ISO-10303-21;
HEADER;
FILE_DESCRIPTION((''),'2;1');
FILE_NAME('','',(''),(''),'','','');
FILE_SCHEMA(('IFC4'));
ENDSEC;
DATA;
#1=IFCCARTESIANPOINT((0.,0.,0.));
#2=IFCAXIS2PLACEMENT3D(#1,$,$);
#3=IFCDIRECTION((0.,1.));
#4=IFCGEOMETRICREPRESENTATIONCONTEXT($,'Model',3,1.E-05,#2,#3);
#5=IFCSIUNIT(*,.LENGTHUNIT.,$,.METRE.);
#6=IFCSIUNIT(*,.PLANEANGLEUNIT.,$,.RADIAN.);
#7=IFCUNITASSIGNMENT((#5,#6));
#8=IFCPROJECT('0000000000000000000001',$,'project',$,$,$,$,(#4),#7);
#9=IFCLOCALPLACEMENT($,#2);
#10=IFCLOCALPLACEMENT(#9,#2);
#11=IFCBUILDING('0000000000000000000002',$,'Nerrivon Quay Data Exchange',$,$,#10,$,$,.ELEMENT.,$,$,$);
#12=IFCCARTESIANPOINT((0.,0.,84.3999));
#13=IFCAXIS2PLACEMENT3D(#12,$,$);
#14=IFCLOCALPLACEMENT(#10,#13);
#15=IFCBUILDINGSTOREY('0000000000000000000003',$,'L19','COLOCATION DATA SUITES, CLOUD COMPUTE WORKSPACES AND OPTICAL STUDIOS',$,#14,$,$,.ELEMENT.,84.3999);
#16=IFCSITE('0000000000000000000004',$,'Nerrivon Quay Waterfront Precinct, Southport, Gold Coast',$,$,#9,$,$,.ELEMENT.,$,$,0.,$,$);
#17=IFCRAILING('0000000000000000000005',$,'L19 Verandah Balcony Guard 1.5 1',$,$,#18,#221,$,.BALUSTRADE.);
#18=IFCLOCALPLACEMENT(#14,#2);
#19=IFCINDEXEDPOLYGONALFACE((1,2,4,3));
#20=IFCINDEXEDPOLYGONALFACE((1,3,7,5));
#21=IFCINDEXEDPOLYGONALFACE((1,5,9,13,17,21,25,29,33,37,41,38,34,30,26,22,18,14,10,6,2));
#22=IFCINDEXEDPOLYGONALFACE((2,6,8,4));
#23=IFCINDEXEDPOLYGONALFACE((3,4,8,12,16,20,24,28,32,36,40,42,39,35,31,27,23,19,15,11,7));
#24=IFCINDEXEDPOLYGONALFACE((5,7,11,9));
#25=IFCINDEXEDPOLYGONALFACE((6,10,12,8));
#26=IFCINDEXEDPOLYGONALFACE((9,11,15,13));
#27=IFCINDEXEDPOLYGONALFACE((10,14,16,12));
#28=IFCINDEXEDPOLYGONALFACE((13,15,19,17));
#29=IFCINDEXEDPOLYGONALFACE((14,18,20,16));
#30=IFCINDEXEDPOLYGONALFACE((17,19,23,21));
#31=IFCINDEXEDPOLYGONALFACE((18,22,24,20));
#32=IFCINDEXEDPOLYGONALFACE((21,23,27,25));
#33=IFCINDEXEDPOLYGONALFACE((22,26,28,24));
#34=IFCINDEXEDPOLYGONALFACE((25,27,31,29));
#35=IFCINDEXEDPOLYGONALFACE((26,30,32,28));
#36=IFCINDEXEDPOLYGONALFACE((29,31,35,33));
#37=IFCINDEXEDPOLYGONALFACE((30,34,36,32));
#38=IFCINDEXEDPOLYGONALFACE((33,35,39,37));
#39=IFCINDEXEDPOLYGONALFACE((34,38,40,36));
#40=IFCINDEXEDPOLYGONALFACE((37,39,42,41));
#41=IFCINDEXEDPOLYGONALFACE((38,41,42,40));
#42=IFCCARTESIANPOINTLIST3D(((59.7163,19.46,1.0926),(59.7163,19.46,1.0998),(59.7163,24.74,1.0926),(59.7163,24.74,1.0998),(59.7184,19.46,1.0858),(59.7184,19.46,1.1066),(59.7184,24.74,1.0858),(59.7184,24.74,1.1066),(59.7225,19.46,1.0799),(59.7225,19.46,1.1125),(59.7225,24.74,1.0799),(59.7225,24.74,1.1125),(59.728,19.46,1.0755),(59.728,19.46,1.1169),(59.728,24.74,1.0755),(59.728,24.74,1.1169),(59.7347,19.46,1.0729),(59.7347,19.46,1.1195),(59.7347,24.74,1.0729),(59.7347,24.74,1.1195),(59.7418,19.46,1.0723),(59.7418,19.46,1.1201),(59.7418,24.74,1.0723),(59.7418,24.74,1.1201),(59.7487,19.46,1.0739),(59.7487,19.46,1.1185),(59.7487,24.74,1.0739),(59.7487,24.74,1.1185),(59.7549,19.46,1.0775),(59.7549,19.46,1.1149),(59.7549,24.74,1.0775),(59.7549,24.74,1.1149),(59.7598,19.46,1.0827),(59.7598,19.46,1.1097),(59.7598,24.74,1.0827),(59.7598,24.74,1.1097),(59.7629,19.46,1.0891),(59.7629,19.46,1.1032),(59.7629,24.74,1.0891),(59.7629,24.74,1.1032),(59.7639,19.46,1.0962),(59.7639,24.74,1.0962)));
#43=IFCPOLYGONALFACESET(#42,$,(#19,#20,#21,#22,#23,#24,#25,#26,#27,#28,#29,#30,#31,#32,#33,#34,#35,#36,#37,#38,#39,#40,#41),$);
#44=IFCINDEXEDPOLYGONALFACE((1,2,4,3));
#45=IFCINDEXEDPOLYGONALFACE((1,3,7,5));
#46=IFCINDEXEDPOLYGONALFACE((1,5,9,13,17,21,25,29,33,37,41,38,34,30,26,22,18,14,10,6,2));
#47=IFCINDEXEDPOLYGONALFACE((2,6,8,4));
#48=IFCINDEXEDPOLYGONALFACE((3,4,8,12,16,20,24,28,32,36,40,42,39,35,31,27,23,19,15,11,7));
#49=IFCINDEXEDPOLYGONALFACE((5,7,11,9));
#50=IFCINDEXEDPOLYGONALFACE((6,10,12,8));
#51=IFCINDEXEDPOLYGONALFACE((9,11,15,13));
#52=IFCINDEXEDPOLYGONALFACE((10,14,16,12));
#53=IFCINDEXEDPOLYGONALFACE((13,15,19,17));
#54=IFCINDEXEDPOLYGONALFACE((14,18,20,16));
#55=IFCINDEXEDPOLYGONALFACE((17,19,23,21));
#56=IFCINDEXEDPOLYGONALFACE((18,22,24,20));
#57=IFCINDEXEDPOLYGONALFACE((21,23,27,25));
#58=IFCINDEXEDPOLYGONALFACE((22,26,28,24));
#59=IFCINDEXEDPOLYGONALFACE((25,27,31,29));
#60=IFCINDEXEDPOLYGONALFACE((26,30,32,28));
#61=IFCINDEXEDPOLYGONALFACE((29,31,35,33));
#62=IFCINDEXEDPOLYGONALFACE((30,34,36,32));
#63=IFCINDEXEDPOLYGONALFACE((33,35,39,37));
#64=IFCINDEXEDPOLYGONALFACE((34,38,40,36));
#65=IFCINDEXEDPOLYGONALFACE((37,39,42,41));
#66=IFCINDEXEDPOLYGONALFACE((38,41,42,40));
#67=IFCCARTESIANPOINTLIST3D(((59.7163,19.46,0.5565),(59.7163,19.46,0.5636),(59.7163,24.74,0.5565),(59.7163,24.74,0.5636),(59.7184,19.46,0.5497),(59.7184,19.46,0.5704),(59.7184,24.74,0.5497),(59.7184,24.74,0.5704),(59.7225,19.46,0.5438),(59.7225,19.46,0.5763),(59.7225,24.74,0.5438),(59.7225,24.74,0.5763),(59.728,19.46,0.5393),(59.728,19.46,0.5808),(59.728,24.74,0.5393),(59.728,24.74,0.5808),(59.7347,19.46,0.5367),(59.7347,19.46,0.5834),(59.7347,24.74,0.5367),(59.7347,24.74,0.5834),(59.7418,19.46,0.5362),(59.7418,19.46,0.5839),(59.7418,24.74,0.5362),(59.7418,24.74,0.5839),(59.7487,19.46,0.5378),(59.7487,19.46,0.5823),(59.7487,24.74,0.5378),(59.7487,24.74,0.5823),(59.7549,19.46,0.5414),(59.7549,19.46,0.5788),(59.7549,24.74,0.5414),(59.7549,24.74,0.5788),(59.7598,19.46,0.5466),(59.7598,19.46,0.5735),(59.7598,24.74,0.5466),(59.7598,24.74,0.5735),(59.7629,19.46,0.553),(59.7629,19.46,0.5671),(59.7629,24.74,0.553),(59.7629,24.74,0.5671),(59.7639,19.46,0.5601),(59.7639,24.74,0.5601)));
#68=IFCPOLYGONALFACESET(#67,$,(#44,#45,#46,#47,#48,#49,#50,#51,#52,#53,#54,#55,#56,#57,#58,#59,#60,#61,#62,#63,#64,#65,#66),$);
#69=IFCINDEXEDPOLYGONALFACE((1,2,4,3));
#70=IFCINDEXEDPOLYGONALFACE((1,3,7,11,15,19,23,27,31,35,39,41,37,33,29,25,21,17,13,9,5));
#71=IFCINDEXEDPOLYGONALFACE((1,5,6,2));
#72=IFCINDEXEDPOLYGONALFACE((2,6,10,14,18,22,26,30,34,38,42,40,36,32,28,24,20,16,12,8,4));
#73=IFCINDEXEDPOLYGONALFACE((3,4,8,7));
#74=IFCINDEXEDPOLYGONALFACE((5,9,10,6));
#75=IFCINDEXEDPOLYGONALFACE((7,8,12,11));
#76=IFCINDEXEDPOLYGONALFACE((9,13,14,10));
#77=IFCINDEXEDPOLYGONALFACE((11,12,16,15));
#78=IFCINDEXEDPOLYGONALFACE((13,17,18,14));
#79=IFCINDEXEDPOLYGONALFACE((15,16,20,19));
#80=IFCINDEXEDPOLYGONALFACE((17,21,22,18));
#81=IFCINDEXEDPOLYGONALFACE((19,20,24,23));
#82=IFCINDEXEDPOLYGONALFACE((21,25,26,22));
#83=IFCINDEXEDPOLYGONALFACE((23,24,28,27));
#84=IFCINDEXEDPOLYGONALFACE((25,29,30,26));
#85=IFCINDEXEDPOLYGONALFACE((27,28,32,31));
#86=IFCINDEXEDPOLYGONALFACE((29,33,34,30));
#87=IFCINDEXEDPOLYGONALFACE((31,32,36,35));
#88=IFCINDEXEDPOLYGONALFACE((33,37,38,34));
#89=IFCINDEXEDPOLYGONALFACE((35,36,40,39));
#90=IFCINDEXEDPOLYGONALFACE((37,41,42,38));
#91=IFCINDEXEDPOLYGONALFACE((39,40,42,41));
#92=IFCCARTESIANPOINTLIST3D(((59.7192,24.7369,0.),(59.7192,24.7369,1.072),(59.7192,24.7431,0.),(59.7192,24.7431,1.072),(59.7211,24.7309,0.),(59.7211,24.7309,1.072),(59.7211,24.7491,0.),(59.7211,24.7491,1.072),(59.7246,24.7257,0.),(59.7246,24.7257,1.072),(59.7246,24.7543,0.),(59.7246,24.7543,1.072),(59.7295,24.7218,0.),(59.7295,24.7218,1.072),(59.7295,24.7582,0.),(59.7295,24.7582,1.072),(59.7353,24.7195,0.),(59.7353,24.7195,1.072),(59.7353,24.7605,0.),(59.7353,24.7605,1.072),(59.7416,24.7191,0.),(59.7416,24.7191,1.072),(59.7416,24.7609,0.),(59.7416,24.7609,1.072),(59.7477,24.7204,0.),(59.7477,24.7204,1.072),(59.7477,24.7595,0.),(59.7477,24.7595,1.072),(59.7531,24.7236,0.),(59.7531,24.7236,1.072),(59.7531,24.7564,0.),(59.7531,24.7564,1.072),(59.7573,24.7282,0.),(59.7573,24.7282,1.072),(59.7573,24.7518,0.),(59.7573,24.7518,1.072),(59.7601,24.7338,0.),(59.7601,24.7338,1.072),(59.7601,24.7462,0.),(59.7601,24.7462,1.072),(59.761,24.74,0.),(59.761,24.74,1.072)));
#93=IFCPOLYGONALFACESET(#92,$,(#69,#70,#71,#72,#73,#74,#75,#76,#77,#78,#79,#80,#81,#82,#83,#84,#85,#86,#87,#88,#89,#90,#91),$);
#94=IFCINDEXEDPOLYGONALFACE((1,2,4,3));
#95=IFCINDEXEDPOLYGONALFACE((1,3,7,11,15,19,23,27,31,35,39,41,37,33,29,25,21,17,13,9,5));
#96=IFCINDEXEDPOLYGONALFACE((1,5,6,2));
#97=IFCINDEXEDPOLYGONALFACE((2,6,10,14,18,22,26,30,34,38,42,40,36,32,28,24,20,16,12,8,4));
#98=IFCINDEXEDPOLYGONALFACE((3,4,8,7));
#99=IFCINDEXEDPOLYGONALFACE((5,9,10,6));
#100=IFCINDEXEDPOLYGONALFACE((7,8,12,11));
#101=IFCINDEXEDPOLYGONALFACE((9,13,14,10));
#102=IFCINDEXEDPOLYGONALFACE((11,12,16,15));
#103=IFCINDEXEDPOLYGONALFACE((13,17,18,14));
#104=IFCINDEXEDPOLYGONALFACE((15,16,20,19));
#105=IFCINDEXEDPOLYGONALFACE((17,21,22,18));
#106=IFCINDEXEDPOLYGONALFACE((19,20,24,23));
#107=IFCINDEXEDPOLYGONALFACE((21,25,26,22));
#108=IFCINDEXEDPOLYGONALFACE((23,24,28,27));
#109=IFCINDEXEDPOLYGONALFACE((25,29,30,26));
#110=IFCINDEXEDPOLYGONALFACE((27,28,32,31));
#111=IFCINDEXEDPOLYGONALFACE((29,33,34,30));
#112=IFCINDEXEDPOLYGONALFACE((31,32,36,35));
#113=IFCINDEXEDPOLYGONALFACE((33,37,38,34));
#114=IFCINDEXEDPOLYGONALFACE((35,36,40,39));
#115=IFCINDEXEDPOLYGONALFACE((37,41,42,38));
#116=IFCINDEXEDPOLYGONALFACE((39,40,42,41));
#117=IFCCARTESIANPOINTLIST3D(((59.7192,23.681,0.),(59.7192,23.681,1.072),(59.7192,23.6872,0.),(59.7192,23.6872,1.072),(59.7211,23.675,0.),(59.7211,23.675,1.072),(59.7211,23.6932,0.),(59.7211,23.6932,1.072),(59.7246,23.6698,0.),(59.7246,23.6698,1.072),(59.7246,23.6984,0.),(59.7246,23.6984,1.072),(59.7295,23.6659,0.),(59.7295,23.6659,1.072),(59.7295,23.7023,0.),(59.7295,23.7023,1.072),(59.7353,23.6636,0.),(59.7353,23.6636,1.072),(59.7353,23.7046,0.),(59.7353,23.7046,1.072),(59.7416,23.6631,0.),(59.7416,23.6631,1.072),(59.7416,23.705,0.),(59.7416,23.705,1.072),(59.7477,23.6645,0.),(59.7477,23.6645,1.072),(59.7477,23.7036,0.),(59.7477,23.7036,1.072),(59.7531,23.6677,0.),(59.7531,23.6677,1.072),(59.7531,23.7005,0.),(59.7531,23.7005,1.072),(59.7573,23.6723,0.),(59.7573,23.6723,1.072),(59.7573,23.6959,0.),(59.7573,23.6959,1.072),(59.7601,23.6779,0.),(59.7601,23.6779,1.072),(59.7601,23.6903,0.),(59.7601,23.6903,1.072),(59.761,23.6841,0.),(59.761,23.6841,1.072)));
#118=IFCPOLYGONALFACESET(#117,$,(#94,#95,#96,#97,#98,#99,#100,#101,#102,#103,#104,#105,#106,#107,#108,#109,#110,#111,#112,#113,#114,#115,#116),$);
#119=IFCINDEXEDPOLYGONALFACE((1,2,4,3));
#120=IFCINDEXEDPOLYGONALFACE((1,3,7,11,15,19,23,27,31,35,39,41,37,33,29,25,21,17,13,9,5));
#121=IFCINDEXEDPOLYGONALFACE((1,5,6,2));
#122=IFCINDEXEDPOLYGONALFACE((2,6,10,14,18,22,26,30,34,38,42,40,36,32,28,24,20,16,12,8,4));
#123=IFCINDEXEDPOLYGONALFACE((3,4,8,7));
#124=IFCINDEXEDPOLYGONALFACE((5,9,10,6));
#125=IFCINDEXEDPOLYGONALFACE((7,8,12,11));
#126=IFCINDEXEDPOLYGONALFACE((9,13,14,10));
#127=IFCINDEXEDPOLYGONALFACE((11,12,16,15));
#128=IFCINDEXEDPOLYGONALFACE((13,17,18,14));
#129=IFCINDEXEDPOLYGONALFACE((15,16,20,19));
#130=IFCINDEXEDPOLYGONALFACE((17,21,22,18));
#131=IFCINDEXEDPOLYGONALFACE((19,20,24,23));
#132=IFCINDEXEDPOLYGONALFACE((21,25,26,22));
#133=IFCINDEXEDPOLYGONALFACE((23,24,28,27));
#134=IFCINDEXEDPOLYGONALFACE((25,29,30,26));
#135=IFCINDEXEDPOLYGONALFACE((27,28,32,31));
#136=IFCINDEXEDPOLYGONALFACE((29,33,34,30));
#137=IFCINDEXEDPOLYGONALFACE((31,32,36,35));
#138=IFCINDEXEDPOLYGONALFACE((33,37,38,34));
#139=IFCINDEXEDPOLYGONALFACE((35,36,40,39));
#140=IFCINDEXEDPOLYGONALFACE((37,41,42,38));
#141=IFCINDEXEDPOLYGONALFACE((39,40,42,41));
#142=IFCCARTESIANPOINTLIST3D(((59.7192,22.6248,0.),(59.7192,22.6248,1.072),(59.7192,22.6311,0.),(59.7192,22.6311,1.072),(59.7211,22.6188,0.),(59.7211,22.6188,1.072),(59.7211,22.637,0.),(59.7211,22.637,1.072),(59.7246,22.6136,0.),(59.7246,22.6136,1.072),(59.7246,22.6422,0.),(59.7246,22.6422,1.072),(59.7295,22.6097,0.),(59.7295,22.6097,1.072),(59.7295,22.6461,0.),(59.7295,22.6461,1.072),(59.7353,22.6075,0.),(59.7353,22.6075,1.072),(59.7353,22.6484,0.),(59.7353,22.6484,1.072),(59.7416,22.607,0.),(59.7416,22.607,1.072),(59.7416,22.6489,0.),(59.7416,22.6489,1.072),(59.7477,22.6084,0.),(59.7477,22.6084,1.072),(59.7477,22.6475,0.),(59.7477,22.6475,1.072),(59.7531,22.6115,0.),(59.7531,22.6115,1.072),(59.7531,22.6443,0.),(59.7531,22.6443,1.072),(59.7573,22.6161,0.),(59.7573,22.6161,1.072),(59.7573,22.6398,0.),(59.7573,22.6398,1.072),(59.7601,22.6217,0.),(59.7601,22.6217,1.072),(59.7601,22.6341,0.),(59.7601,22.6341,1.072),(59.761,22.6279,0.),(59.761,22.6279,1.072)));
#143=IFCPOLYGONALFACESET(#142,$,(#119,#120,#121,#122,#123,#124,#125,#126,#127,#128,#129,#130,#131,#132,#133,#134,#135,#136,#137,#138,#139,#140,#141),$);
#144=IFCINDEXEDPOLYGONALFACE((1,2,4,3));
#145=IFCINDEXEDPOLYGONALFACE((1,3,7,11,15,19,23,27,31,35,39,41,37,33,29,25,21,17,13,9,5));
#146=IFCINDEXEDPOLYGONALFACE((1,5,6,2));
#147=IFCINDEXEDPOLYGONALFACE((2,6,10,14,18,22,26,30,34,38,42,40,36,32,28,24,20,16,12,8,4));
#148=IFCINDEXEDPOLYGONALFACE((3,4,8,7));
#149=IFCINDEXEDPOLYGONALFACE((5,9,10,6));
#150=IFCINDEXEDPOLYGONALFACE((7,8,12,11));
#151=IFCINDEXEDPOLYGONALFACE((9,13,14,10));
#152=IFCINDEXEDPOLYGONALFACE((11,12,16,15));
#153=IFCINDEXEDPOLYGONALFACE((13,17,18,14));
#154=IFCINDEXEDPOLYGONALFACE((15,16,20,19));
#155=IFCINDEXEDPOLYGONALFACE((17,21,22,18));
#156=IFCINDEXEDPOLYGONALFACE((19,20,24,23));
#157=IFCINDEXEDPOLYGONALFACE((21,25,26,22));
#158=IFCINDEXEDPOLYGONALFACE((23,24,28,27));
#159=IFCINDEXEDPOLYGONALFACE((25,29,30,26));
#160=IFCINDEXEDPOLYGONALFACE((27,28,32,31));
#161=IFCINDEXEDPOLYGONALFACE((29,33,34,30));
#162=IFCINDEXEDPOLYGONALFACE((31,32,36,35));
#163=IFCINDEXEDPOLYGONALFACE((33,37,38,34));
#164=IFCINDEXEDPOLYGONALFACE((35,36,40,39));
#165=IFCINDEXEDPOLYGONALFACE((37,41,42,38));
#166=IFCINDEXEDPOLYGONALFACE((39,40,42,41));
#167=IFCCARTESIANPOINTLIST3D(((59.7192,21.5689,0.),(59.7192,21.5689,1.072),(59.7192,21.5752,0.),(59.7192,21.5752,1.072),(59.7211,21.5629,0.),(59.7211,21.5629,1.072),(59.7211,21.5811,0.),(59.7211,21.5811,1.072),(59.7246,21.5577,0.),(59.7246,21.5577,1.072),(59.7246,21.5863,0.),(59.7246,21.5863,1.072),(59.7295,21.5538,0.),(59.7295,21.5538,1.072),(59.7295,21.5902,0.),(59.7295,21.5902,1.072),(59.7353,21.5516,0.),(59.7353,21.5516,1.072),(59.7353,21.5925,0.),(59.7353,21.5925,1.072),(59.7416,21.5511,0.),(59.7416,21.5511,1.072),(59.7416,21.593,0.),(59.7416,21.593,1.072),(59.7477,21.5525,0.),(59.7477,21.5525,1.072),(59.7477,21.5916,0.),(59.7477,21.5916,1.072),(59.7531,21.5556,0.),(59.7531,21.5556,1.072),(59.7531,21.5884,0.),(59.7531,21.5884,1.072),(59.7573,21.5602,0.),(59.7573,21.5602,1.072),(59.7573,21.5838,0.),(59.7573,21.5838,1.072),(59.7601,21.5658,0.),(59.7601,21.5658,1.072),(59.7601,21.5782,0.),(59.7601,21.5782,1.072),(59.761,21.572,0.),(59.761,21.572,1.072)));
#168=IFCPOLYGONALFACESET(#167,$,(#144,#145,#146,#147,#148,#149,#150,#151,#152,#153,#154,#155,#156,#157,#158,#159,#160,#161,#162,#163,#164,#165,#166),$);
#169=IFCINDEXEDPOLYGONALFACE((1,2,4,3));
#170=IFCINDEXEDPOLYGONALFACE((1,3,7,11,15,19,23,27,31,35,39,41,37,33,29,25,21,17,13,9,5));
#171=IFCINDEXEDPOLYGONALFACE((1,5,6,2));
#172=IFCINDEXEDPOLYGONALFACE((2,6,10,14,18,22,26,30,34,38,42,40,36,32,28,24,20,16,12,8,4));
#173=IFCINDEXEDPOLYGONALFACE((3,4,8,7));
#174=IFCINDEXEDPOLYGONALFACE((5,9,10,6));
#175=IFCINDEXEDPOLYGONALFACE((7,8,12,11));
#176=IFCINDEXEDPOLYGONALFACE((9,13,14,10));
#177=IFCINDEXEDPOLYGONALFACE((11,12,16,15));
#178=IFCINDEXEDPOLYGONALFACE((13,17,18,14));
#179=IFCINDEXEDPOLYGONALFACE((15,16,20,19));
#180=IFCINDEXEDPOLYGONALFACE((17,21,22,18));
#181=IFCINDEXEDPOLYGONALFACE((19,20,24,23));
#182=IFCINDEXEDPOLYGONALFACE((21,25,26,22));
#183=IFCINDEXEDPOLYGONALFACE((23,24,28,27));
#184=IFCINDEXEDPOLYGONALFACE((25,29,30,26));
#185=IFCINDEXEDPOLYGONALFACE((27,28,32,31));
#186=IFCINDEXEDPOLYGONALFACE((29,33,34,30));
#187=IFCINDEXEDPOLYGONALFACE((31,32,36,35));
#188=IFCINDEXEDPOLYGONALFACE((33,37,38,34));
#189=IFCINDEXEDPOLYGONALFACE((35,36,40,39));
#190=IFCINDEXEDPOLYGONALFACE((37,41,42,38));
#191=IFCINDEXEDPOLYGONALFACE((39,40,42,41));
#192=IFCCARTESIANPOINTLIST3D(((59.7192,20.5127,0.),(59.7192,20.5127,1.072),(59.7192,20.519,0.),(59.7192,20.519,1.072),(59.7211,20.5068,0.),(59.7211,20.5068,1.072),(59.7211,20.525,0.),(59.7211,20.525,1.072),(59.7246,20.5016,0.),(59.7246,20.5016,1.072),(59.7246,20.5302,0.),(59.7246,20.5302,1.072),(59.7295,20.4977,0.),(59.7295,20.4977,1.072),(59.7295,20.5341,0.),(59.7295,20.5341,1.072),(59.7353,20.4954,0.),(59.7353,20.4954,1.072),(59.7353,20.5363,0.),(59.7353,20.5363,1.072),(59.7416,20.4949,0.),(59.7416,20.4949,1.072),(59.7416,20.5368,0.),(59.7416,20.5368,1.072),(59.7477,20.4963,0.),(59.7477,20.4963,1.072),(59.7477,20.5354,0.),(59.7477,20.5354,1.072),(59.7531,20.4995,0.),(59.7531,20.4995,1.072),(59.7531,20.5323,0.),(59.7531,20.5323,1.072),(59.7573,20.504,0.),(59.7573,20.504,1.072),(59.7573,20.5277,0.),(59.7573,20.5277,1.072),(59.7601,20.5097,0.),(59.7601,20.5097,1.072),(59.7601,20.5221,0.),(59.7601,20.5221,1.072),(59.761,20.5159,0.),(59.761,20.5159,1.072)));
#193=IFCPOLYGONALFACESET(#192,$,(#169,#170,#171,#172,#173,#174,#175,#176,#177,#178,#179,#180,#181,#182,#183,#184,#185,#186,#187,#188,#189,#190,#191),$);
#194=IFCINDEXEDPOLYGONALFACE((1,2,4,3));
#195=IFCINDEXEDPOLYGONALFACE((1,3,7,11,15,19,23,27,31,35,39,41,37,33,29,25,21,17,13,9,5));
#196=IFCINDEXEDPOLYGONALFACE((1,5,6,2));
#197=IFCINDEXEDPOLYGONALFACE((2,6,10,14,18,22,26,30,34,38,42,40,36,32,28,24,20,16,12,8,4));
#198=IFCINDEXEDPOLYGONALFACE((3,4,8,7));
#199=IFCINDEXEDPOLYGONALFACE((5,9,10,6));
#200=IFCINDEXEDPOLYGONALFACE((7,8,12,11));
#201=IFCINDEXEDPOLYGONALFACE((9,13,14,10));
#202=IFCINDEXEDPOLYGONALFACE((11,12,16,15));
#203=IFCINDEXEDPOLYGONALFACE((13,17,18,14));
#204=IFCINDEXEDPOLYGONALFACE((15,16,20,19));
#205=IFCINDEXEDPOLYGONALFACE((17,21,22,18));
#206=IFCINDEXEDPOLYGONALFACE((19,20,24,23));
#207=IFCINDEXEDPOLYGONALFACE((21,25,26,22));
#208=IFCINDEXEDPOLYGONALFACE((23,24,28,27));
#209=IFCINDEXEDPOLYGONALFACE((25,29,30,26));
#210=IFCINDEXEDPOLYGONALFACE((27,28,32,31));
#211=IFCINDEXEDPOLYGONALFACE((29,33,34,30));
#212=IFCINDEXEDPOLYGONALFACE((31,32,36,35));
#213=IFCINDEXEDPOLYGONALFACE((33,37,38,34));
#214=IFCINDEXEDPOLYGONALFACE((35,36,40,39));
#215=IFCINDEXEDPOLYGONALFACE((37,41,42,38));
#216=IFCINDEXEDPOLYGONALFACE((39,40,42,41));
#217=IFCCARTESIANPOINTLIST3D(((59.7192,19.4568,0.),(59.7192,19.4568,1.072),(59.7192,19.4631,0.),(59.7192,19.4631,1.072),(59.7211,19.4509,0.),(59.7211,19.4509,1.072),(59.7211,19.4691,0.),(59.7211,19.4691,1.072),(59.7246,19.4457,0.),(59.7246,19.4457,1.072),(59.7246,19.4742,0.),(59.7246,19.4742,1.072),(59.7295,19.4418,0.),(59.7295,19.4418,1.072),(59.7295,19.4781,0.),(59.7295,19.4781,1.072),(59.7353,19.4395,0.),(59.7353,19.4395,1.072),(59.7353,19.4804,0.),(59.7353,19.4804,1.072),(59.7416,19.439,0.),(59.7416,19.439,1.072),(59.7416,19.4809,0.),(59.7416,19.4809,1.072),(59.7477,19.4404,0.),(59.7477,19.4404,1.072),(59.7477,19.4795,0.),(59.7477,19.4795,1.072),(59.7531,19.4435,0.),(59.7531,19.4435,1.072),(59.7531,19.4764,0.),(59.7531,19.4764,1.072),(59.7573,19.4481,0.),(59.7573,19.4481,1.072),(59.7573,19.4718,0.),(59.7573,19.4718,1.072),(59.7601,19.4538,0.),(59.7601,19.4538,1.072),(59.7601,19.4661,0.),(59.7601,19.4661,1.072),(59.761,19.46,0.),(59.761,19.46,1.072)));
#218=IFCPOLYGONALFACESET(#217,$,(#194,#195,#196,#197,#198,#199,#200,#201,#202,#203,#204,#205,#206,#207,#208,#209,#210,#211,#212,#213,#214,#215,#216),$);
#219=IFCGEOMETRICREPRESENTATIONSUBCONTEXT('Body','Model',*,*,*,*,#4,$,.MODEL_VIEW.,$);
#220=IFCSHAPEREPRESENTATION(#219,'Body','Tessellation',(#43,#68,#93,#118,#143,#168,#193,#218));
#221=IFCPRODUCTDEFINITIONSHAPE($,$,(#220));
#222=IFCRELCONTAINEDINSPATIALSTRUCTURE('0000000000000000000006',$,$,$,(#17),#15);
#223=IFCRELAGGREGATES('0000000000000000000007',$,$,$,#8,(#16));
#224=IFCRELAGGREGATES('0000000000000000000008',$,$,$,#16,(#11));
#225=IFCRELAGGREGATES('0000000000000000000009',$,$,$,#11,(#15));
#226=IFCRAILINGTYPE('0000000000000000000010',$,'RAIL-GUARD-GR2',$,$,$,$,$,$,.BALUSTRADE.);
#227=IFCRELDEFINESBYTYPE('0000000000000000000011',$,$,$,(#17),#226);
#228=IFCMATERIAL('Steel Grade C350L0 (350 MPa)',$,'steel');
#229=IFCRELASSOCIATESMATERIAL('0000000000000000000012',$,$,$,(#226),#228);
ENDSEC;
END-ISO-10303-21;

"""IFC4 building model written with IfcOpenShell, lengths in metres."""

from ifc_helpers import new_model, si_unit, direction, frame, origin, origin_2d, place, context, subcontext, project, spatial, circle, extrude, material, type_object, element, save


model = new_model("IFC4")

# Units and contexts
model_context = context("Model", 3, precision=1e-05, world=origin(), true_north=direction((0.0, 1.0)))
body_context = subcontext(model_context, "Body", "Model", "MODEL_VIEW")
ifc_project = project(units=[si_unit("LENGTHUNIT", "METRE"), si_unit("PLANEANGLEUNIT", "RADIAN")], contexts=[model_context])

# Site, building, storey
site_placement = place(None, origin())
site = spatial("IfcSite", under=ifc_project, at=site_placement, Name="Nerrivon Quay Waterfront Precinct, Southport, Gold Coast", CompositionType="ELEMENT", RefElevation=0.0)
building_placement = place(site_placement, origin())
building = spatial("IfcBuilding", under=site, at=building_placement, Name="Nerrivon Quay Data Exchange", CompositionType="ELEMENT")
storey_placement = place(building_placement, frame((0.0, 0.0, 84.3999)))
storey = spatial("IfcBuildingStorey", under=building, at=storey_placement, Name="L19", Description="COLOCATION DATA SUITES, CLOUD COMPUTE WORKSPACES AND OPTICAL STUDIOS", CompositionType="ELEMENT", Elevation=84.3999)

# Railing
ifc_material_1 = material(Name="Steel Grade C350L0 (350 MPa)", Category="steel")
railing_type = type_object("IfcRailingType", Name="RAIL-GUARD-GR2", PredefinedType="BALUSTRADE", material=ifc_material_1)
railing_1_placement = place(storey_placement, frame((59.74, 24.74, 0.0)))
element("IfcRailing", 1, at=railing_1_placement, inside=storey, type_object=railing_type, Name="L19 Verandah Balcony Guard 1.5 1", PredefinedType="BALUSTRADE", context=body_context, shape_type="SweptSolid", body=[
    extrude(circle(Radius=0.0239, at=origin_2d()), frame((0.0, 0.0, 1.0962), z_axis=(0.0, -1.0, 0.0), x_axis=(1.0, 0.0, 0.0)), (0.0, 0.0, 1.0), 5.28),
    extrude(circle(Radius=0.0239, at=origin_2d()), frame((0.0, 0.0, 0.5601), z_axis=(0.0, -1.0, 0.0), x_axis=(1.0, 0.0, 0.0)), (0.0, 0.0, 1.0), 5.28),
    extrude(circle(Radius=0.021, at=origin_2d()), origin(), (0.0, 0.0, 1.0), 1.072),
    extrude(circle(Radius=0.021, at=origin_2d()), frame((0.0, -1.0559, 0.0)), (0.0, 0.0, 1.0), 1.072),
    extrude(circle(Radius=0.021, at=origin_2d()), frame((0.0, -2.1121, 0.0)), (0.0, 0.0, 1.0), 1.072),
    extrude(circle(Radius=0.021, at=origin_2d()), frame((0.0, -3.168, 0.0)), (0.0, 0.0, 1.0), 1.072),
    extrude(circle(Radius=0.021, at=origin_2d()), frame((0.0, -4.2241, 0.0)), (0.0, 0.0, 1.0), 1.072),
    extrude(circle(Radius=0.021, at=origin_2d()), frame((0.0, -5.28, 0.0)), (0.0, 0.0, 1.0), 1.072),
])

save(model, "model.ifc")
